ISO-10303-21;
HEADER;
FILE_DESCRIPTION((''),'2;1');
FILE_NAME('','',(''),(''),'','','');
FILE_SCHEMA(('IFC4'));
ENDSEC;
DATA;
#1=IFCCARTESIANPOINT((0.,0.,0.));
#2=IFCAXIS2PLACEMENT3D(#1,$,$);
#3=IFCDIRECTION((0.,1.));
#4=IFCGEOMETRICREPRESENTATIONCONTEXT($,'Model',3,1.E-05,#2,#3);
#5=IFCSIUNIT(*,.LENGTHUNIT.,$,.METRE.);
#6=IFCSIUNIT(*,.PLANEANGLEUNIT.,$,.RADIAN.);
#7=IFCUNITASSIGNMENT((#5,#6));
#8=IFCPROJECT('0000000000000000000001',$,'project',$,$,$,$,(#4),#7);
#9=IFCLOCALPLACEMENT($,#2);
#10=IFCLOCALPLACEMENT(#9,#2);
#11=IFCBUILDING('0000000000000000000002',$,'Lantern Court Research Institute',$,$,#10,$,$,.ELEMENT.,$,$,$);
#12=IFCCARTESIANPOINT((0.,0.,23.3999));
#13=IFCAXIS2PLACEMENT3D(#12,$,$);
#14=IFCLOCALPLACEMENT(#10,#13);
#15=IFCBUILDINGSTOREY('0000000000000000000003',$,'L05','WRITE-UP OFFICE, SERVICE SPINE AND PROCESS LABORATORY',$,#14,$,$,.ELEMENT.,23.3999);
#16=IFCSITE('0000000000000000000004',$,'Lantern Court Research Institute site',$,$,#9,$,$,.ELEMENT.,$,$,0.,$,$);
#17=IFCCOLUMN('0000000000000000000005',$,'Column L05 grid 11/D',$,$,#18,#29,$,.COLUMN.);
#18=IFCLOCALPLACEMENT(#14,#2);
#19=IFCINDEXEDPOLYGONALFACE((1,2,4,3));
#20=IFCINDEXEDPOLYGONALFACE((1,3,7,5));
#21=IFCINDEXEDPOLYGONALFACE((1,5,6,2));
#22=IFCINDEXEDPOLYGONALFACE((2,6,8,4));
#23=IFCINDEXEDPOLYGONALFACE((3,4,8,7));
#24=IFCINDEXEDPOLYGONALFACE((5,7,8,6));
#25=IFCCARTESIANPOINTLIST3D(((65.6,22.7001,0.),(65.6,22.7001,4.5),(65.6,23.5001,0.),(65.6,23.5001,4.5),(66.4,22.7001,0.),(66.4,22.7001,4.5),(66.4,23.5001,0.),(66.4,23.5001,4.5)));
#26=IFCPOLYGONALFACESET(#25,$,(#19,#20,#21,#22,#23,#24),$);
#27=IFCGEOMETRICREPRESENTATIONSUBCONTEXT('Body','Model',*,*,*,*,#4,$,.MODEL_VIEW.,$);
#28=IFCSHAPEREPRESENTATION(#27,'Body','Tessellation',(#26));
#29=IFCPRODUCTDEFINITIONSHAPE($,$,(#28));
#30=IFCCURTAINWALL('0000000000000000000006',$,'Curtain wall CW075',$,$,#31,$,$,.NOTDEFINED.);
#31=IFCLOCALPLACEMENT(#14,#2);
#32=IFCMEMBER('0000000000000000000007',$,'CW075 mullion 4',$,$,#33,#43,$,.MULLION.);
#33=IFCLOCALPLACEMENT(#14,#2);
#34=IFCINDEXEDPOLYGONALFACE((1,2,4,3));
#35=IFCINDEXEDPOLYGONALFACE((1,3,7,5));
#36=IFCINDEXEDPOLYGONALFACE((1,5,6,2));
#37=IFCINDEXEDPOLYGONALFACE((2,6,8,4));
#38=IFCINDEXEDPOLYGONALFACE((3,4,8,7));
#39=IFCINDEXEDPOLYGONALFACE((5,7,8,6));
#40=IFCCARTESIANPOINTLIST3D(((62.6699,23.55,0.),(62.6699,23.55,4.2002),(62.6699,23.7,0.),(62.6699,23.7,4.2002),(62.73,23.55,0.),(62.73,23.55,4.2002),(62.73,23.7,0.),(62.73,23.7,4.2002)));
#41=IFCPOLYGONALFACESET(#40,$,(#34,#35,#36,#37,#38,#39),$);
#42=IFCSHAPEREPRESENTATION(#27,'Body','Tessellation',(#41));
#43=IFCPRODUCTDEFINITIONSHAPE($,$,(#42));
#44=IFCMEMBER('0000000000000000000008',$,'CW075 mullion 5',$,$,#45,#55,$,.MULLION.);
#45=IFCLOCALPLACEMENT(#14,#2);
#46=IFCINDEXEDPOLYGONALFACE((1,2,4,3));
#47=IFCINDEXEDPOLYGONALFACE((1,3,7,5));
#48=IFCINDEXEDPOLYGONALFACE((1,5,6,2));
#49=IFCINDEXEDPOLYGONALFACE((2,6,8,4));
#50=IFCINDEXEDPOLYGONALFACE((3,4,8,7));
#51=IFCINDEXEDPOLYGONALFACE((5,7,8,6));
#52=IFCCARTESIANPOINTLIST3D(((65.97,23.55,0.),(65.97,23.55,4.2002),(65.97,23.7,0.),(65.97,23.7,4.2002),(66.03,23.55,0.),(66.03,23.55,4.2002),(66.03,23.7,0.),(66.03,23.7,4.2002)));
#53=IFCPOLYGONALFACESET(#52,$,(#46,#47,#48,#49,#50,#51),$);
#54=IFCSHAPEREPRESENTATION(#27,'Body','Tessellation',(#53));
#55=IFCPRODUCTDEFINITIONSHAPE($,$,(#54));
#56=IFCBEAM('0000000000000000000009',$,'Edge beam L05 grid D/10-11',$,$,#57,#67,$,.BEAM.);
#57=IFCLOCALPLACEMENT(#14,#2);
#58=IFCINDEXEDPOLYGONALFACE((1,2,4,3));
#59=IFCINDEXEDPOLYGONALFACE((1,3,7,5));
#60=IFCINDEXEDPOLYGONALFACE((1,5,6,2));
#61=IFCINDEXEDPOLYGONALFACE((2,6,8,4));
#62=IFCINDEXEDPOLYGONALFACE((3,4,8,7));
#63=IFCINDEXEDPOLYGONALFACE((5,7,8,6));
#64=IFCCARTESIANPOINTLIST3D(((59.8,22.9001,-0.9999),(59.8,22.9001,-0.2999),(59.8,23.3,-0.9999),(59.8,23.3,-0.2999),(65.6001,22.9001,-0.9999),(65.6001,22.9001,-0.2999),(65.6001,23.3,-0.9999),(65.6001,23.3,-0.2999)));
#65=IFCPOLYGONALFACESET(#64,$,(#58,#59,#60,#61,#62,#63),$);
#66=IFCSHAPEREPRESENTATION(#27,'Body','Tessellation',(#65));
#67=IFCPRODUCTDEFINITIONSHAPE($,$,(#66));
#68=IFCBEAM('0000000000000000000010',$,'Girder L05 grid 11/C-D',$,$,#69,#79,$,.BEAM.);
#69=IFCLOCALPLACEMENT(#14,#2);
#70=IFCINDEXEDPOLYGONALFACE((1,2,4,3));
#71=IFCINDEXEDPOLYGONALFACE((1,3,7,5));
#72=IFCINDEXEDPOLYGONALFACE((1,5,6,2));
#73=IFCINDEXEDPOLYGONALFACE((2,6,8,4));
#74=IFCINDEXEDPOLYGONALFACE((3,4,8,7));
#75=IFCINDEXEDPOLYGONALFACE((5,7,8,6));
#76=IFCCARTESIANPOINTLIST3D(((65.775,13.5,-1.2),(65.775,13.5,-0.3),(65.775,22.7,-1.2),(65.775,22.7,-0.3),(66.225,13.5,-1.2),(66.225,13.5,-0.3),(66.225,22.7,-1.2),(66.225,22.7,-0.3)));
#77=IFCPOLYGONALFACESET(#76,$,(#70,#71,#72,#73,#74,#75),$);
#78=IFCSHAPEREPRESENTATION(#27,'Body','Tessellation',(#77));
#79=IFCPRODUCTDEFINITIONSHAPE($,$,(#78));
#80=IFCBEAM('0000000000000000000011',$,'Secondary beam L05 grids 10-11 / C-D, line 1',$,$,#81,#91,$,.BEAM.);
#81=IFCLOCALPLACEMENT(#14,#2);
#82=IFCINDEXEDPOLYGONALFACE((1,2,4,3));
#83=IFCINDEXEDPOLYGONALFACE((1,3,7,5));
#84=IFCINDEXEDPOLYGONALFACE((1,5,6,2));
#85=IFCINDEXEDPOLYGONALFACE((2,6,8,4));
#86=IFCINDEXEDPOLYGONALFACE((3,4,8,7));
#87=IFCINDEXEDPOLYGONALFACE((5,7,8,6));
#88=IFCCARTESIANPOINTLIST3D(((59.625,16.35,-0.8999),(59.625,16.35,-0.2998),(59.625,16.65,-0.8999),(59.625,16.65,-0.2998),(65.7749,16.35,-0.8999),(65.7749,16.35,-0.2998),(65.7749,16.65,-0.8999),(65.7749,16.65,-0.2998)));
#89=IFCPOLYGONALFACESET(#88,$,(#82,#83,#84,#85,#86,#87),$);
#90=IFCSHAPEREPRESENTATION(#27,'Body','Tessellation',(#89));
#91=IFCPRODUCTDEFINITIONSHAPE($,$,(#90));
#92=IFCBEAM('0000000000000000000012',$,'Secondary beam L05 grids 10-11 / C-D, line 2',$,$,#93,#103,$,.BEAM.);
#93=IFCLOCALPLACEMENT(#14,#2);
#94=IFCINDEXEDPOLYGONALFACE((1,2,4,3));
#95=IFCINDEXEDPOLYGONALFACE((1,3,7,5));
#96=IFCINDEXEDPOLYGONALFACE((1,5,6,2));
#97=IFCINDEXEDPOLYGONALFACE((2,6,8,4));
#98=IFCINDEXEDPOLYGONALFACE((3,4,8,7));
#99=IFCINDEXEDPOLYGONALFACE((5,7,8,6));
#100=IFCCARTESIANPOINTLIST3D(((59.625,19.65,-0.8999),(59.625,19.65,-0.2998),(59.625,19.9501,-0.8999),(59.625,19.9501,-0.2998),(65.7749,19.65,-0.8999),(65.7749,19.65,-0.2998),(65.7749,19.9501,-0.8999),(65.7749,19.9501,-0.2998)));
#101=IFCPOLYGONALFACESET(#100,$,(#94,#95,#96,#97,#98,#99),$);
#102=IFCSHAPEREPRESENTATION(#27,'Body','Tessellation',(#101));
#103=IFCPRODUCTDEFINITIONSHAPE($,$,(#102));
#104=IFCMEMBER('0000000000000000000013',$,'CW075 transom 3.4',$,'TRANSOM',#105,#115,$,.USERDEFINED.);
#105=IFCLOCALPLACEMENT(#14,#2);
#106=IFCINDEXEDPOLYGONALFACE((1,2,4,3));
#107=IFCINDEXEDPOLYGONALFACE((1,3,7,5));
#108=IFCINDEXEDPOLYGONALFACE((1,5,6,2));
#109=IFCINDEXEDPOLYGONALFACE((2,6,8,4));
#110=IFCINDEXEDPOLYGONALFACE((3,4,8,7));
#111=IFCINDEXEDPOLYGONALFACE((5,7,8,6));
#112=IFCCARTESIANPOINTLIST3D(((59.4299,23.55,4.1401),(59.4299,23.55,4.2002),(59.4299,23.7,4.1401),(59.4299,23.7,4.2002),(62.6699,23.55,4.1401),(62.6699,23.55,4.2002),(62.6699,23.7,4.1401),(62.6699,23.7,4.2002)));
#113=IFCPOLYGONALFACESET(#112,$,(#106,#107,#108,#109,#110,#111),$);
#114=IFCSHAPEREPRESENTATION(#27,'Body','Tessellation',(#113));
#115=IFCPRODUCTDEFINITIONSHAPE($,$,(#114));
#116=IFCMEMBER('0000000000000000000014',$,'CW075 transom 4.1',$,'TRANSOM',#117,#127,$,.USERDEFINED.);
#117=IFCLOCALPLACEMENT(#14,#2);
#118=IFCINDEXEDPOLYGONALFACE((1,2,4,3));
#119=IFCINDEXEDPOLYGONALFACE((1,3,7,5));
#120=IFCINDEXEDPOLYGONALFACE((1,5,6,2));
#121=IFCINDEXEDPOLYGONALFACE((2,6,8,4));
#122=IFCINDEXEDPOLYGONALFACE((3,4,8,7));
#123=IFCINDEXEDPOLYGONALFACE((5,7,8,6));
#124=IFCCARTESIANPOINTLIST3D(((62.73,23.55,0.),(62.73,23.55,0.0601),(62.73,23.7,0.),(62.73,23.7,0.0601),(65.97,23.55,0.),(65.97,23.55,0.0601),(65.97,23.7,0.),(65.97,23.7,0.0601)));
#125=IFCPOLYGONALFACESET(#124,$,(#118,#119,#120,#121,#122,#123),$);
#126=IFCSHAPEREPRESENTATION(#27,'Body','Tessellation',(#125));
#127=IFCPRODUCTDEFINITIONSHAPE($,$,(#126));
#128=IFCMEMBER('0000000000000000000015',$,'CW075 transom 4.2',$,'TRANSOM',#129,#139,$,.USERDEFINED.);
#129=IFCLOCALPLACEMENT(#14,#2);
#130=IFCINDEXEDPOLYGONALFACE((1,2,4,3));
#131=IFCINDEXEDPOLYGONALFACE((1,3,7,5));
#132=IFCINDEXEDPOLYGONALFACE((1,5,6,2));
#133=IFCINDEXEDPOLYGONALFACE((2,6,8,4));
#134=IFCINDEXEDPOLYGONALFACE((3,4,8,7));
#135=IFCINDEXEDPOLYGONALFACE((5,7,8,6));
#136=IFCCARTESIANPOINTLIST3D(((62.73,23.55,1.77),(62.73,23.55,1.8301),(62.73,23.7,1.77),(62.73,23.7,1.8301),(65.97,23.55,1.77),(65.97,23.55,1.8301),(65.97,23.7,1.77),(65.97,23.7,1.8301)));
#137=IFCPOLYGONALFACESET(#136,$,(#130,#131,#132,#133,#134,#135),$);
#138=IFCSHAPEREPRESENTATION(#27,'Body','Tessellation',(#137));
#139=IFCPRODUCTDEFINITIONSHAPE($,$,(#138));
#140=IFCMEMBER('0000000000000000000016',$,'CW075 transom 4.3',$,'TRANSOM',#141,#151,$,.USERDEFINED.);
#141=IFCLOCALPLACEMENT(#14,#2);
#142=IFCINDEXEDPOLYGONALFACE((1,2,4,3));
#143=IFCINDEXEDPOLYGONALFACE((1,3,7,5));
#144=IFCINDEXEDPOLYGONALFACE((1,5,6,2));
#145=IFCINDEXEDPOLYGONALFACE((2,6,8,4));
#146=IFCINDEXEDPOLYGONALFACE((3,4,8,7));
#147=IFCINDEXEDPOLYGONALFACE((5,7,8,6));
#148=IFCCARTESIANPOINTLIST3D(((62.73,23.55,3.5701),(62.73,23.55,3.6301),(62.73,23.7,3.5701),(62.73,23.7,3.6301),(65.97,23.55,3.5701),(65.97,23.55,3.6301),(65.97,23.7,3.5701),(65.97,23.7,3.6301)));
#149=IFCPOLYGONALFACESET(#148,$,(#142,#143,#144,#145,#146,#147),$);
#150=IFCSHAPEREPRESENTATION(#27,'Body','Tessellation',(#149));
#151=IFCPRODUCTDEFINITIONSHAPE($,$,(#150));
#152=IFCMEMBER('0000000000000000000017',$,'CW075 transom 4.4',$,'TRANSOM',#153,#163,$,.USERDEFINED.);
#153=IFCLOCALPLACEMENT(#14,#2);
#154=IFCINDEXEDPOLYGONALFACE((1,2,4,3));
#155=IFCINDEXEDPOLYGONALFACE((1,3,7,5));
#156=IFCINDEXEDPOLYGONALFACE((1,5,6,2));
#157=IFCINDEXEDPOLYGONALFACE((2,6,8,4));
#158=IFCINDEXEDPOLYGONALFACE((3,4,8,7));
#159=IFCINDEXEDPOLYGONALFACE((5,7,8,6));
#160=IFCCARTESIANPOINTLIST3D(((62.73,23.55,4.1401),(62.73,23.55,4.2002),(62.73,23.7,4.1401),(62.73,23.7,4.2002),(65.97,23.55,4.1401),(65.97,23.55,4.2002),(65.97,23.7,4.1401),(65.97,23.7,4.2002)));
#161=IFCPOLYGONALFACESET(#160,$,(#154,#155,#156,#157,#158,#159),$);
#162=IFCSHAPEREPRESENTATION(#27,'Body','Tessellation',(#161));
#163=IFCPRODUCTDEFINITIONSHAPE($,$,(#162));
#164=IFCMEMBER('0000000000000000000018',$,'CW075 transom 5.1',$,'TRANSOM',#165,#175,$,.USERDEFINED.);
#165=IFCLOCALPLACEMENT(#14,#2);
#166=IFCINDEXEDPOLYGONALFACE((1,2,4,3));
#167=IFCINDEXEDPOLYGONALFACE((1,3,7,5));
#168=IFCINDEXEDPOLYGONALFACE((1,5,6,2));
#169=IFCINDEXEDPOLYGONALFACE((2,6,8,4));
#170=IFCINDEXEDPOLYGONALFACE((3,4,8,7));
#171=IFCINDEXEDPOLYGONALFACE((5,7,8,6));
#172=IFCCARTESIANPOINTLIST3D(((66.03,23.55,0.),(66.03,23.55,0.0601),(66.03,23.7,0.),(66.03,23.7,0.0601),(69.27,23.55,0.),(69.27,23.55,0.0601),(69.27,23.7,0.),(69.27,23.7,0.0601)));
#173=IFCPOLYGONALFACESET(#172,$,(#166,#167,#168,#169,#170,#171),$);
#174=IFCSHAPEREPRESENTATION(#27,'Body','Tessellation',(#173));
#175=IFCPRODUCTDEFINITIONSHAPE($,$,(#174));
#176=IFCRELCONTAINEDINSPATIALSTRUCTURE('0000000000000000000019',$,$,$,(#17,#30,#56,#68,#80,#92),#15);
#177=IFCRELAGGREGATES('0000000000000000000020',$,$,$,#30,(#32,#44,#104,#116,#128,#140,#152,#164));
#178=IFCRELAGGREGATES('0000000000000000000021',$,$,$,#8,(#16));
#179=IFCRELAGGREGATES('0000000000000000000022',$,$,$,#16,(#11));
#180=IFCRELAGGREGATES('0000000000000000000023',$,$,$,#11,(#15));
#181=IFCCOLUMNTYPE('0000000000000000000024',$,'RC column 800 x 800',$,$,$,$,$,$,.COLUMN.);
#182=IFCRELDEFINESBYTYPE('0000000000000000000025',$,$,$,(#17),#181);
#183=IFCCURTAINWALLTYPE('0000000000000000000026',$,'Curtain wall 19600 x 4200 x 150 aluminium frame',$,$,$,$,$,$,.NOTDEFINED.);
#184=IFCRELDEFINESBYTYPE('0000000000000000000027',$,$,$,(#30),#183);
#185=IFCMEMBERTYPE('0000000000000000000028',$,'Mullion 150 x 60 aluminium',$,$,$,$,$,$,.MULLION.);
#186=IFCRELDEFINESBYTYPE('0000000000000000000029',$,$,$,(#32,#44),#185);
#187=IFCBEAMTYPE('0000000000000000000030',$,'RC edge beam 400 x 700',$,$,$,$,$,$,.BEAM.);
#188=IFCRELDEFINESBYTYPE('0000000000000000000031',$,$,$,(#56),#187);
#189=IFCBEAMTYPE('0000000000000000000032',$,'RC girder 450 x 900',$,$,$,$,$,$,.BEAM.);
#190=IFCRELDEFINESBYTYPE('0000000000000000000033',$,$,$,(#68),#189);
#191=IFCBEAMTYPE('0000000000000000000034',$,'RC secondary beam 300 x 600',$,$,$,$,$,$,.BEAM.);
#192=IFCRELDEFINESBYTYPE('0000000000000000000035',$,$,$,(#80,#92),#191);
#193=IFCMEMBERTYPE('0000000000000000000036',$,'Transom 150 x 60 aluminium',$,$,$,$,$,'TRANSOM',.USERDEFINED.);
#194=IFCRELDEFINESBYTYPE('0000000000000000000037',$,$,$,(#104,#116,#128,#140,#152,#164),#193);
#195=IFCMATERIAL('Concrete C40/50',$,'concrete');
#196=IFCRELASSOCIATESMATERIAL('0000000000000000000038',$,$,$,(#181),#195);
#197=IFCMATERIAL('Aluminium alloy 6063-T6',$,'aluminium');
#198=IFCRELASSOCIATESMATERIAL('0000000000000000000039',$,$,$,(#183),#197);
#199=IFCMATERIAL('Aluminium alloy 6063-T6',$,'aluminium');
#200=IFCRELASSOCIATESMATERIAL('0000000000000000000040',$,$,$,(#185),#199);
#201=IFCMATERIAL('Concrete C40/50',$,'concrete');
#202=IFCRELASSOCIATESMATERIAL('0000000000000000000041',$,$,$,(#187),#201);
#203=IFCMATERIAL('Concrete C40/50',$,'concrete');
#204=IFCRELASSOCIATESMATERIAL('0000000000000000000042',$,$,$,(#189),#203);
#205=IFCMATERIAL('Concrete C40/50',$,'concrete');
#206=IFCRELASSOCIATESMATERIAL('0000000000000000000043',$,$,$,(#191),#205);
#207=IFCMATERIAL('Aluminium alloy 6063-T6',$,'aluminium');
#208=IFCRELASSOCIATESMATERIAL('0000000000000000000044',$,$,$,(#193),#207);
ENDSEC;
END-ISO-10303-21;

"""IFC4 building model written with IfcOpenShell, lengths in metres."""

from ifc_helpers import new_model, si_unit, direction, frame, origin, origin_2d, place, context, subcontext, project, spatial, rectangle, extrude, material, material_profile, profile_set, type_object, element, aggregate, save


model = new_model("IFC4")

# Units and contexts
model_context = context("Model", 3, precision=1e-05, world=origin(), true_north=direction((0.0, 1.0)))
body_context = subcontext(model_context, "Body", "Model", "MODEL_VIEW")
ifc_project = project(units=[si_unit("LENGTHUNIT", "METRE"), si_unit("PLANEANGLEUNIT", "RADIAN")], contexts=[model_context])

# Site, building, storey
site_placement = place(None, origin())
site = spatial("IfcSite", under=ifc_project, at=site_placement, Name="Lantern Court Research Institute site", CompositionType="ELEMENT", RefElevation=0.0)
building_placement = place(site_placement, origin())
building = spatial("IfcBuilding", under=site, at=building_placement, Name="Lantern Court Research Institute", CompositionType="ELEMENT")
storey_placement = place(building_placement, frame((0.0, 0.0, 23.3999)))
storey = spatial("IfcBuildingStorey", under=building, at=storey_placement, Name="L05", Description="WRITE-UP OFFICE, SERVICE SPINE AND PROCESS LABORATORY", CompositionType="ELEMENT", Elevation=23.3999)

# Column
ifc_material_1 = material(Name="Concrete C40/50", Category="concrete")
ifc_material_profile_1 = material_profile(ifc_material_1, rectangle(XDim=0.8, YDim=0.8, at=origin_2d()), Name="RC column 800 x 800")
ifc_profile_set_1 = profile_set([ifc_material_profile_1], Name="Concrete C40/50")
column_type = type_object("IfcColumnType", Name="RC column 800 x 800", PredefinedType="COLUMN", material=ifc_profile_set_1)
column_placement = place(storey_placement, frame((66.0, 23.1001, 0.0), z_axis=(0.0, 0.0, 1.0), x_axis=(1.0, 0.0, 0.0)))
element("IfcColumn", 1, at=column_placement, inside=storey, type_object=column_type, Name="Column L05 grid 11/D", PredefinedType="COLUMN", context=body_context, shape_type="SweptSolid", body=[
    extrude(rectangle(XDim=0.8, YDim=0.8, at=origin_2d()), origin(), (0.0, 0.0, 1.0), 4.5),
])

# Curtain wall, members
ifc_material_2 = material(Name="Aluminium alloy 6063-T6", Category="aluminium")
curtain_wall_type = type_object("IfcCurtainWallType", Name="Curtain wall 19600 x 4200 x 150 aluminium frame", PredefinedType="NOTDEFINED", material=ifc_material_2)
curtain_wall_placement = place(storey_placement, origin())
curtain_wall = element("IfcCurtainWall", 2, at=curtain_wall_placement, inside=storey, type_object=curtain_wall_type, Name="Curtain wall CW075", PredefinedType="NOTDEFINED")
ifc_material_3 = material(Name="Aluminium alloy 6063-T6", Category="aluminium")
ifc_material_profile_2 = material_profile(ifc_material_3, rectangle(XDim=0.1499, YDim=0.0601, at=origin_2d()), Name="Mullion 150 x 60")
ifc_profile_set_2 = profile_set([ifc_material_profile_2], Name="Aluminium alloy 6063-T6")
member_type_1 = type_object("IfcMemberType", Name="Mullion 150 x 60 aluminium", PredefinedType="MULLION", material=ifc_profile_set_2)
member_1_placement = place(storey_placement, frame((62.7, 23.625, 0.0), z_axis=(0.0, 0.0, 1.0), x_axis=(0.0, 1.0, 0.0)))
member_1 = element("IfcMember", 3, at=member_1_placement, type_object=member_type_1, Name="CW075 mullion 4", PredefinedType="MULLION", context=body_context, shape_type="SweptSolid", body=[
    extrude(rectangle(XDim=0.1499, YDim=0.0601, at=origin_2d()), origin(), (0.0, 0.0, 1.0), 4.2002),
])
member_2_placement = place(storey_placement, frame((66.0, 23.625, 0.0), z_axis=(0.0, 0.0, 1.0), x_axis=(0.0, 1.0, 0.0)))
member_2 = element("IfcMember", 4, at=member_2_placement, type_object=member_type_1, Name="CW075 mullion 5", PredefinedType="MULLION", context=body_context, shape_type="SweptSolid", body=[
    extrude(rectangle(XDim=0.1499, YDim=0.0601, at=origin_2d()), origin(), (0.0, 0.0, 1.0), 4.2002),
])

# Beams
ifc_material_4 = material(Name="Concrete C40/50", Category="concrete")
ifc_material_profile_3 = material_profile(ifc_material_4, rectangle(XDim=0.3999, YDim=0.7, at=origin_2d()), Name="RC beam 400 x 700")
ifc_profile_set_3 = profile_set([ifc_material_profile_3], Name="Concrete C40/50")
beam_type_1 = type_object("IfcBeamType", Name="RC edge beam 400 x 700", PredefinedType="BEAM", material=ifc_profile_set_3)
beam_1_placement = place(storey_placement, frame((59.8, 23.1001, -0.6499), z_axis=(1.0, 0.0, 0.0), x_axis=(0.0, 1.0, 0.0)))
element("IfcBeam", 5, at=beam_1_placement, inside=storey, type_object=beam_type_1, Name="Edge beam L05 grid D/10-11", PredefinedType="BEAM", context=body_context, shape_type="SweptSolid", body=[
    extrude(rectangle(XDim=0.3999, YDim=0.7, at=origin_2d()), origin(), (0.0, 0.0, 1.0), 5.8),
])
ifc_material_5 = material(Name="Concrete C40/50", Category="concrete")
ifc_material_profile_4 = material_profile(ifc_material_5, rectangle(XDim=0.45, YDim=0.8999, at=origin_2d()), Name="RC beam 450 x 900")
ifc_profile_set_4 = profile_set([ifc_material_profile_4], Name="Concrete C40/50")
beam_type_2 = type_object("IfcBeamType", Name="RC girder 450 x 900", PredefinedType="BEAM", material=ifc_profile_set_4)
beam_2_placement = place(storey_placement, frame((66.0, 13.5, -0.75), z_axis=(0.0, 1.0, 0.0), x_axis=(-1.0, 0.0, 0.0)))
element("IfcBeam", 6, at=beam_2_placement, inside=storey, type_object=beam_type_2, Name="Girder L05 grid 11/C-D", PredefinedType="BEAM", context=body_context, shape_type="SweptSolid", body=[
    extrude(rectangle(XDim=0.45, YDim=0.8999, at=origin_2d()), origin(), (0.0, 0.0, 1.0), 9.2),
])
ifc_material_6 = material(Name="Concrete C40/50", Category="concrete")
ifc_material_profile_5 = material_profile(ifc_material_6, rectangle(XDim=0.3, YDim=0.6001, at=origin_2d()), Name="RC beam 300 x 600")
ifc_profile_set_5 = profile_set([ifc_material_profile_5], Name="Concrete C40/50")
beam_type_3 = type_object("IfcBeamType", Name="RC secondary beam 300 x 600", PredefinedType="BEAM", material=ifc_profile_set_5)
for number, where, z_axis, x_axis, name in (
    (7, (59.625, 16.5, -0.5999), (1.0, 0.0, 0.0), (0.0, 1.0, 0.0), "Secondary beam L05 grids 10-11 / C-D, line 1"),
    (8, (59.625, 19.8, -0.5999), (1.0, 0.0, 0.0), (0.0, 1.0, 0.0), "Secondary beam L05 grids 10-11 / C-D, line 2"),
):
    element("IfcBeam", number, at=place(storey_placement, frame(where, z_axis=z_axis, x_axis=x_axis)), inside=storey, type_object=beam_type_3, Name=name, PredefinedType="BEAM", context=body_context, shape_type="SweptSolid", body=[
        extrude(rectangle(XDim=0.3, YDim=0.6001, at=origin_2d()), origin(), (0.0, 0.0, 1.0), 6.1499),
    ])

# Members
ifc_material_7 = material(Name="Aluminium alloy 6063-T6", Category="aluminium")
ifc_material_profile_6 = material_profile(ifc_material_7, rectangle(XDim=0.1499, YDim=0.0601, at=origin_2d()), Name="Transom 150 x 60")
ifc_profile_set_6 = profile_set([ifc_material_profile_6], Name="Aluminium alloy 6063-T6")
member_type_2 = type_object("IfcMemberType", Name="Transom 150 x 60 aluminium", ElementType="TRANSOM", PredefinedType="USERDEFINED", material=ifc_profile_set_6)
member_3_placement = place(storey_placement, frame((59.4299, 23.625, 4.1702), z_axis=(1.0, 0.0, 0.0), x_axis=(0.0, 1.0, 0.0)))
member_3 = element("IfcMember", 9, at=member_3_placement, type_object=member_type_2, Name="CW075 transom 3.4", ObjectType="TRANSOM", PredefinedType="USERDEFINED", context=body_context, shape_type="SweptSolid", body=[
    extrude(rectangle(XDim=0.1499, YDim=0.0601, at=origin_2d()), origin(), (0.0, 0.0, 1.0), 3.24),
])
member_4_placement = place(storey_placement, frame((62.73, 23.625, 0.03), z_axis=(1.0, 0.0, 0.0), x_axis=(0.0, 1.0, 0.0)))
member_4 = element("IfcMember", 10, at=member_4_placement, type_object=member_type_2, Name="CW075 transom 4.1", ObjectType="TRANSOM", PredefinedType="USERDEFINED", context=body_context, shape_type="SweptSolid", body=[
    extrude(rectangle(XDim=0.1499, YDim=0.0601, at=origin_2d()), origin(), (0.0, 0.0, 1.0), 3.24),
])
member_5_placement = place(storey_placement, frame((62.73, 23.625, 1.8), z_axis=(1.0, 0.0, 0.0), x_axis=(0.0, 1.0, 0.0)))
member_5 = element("IfcMember", 11, at=member_5_placement, type_object=member_type_2, Name="CW075 transom 4.2", ObjectType="TRANSOM", PredefinedType="USERDEFINED", context=body_context, shape_type="SweptSolid", body=[
    extrude(rectangle(XDim=0.1499, YDim=0.0601, at=origin_2d()), origin(), (0.0, 0.0, 1.0), 3.24),
])
member_6_placement = place(storey_placement, frame((62.73, 23.625, 3.6001), z_axis=(1.0, 0.0, 0.0), x_axis=(0.0, 1.0, 0.0)))
member_6 = element("IfcMember", 12, at=member_6_placement, type_object=member_type_2, Name="CW075 transom 4.3", ObjectType="TRANSOM", PredefinedType="USERDEFINED", context=body_context, shape_type="SweptSolid", body=[
    extrude(rectangle(XDim=0.1499, YDim=0.0601, at=origin_2d()), origin(), (0.0, 0.0, 1.0), 3.24),
])
member_7_placement = place(storey_placement, frame((62.73, 23.625, 4.1702), z_axis=(1.0, 0.0, 0.0), x_axis=(0.0, 1.0, 0.0)))
member_7 = element("IfcMember", 13, at=member_7_placement, type_object=member_type_2, Name="CW075 transom 4.4", ObjectType="TRANSOM", PredefinedType="USERDEFINED", context=body_context, shape_type="SweptSolid", body=[
    extrude(rectangle(XDim=0.1499, YDim=0.0601, at=origin_2d()), origin(), (0.0, 0.0, 1.0), 3.24),
])
member_8_placement = place(storey_placement, frame((66.03, 23.625, 0.03), z_axis=(1.0, 0.0, 0.0), x_axis=(0.0, 1.0, 0.0)))
member_8 = element("IfcMember", 14, at=member_8_placement, type_object=member_type_2, Name="CW075 transom 5.1", ObjectType="TRANSOM", PredefinedType="USERDEFINED", context=body_context, shape_type="SweptSolid", body=[
    extrude(rectangle(XDim=0.1499, YDim=0.0601, at=origin_2d()), origin(), (0.0, 0.0, 1.0), 3.24),
])

aggregate(curtain_wall, [member_1, member_2, member_3, member_4, member_5, member_6, member_7, member_8])

save(model, "model.ifc")
